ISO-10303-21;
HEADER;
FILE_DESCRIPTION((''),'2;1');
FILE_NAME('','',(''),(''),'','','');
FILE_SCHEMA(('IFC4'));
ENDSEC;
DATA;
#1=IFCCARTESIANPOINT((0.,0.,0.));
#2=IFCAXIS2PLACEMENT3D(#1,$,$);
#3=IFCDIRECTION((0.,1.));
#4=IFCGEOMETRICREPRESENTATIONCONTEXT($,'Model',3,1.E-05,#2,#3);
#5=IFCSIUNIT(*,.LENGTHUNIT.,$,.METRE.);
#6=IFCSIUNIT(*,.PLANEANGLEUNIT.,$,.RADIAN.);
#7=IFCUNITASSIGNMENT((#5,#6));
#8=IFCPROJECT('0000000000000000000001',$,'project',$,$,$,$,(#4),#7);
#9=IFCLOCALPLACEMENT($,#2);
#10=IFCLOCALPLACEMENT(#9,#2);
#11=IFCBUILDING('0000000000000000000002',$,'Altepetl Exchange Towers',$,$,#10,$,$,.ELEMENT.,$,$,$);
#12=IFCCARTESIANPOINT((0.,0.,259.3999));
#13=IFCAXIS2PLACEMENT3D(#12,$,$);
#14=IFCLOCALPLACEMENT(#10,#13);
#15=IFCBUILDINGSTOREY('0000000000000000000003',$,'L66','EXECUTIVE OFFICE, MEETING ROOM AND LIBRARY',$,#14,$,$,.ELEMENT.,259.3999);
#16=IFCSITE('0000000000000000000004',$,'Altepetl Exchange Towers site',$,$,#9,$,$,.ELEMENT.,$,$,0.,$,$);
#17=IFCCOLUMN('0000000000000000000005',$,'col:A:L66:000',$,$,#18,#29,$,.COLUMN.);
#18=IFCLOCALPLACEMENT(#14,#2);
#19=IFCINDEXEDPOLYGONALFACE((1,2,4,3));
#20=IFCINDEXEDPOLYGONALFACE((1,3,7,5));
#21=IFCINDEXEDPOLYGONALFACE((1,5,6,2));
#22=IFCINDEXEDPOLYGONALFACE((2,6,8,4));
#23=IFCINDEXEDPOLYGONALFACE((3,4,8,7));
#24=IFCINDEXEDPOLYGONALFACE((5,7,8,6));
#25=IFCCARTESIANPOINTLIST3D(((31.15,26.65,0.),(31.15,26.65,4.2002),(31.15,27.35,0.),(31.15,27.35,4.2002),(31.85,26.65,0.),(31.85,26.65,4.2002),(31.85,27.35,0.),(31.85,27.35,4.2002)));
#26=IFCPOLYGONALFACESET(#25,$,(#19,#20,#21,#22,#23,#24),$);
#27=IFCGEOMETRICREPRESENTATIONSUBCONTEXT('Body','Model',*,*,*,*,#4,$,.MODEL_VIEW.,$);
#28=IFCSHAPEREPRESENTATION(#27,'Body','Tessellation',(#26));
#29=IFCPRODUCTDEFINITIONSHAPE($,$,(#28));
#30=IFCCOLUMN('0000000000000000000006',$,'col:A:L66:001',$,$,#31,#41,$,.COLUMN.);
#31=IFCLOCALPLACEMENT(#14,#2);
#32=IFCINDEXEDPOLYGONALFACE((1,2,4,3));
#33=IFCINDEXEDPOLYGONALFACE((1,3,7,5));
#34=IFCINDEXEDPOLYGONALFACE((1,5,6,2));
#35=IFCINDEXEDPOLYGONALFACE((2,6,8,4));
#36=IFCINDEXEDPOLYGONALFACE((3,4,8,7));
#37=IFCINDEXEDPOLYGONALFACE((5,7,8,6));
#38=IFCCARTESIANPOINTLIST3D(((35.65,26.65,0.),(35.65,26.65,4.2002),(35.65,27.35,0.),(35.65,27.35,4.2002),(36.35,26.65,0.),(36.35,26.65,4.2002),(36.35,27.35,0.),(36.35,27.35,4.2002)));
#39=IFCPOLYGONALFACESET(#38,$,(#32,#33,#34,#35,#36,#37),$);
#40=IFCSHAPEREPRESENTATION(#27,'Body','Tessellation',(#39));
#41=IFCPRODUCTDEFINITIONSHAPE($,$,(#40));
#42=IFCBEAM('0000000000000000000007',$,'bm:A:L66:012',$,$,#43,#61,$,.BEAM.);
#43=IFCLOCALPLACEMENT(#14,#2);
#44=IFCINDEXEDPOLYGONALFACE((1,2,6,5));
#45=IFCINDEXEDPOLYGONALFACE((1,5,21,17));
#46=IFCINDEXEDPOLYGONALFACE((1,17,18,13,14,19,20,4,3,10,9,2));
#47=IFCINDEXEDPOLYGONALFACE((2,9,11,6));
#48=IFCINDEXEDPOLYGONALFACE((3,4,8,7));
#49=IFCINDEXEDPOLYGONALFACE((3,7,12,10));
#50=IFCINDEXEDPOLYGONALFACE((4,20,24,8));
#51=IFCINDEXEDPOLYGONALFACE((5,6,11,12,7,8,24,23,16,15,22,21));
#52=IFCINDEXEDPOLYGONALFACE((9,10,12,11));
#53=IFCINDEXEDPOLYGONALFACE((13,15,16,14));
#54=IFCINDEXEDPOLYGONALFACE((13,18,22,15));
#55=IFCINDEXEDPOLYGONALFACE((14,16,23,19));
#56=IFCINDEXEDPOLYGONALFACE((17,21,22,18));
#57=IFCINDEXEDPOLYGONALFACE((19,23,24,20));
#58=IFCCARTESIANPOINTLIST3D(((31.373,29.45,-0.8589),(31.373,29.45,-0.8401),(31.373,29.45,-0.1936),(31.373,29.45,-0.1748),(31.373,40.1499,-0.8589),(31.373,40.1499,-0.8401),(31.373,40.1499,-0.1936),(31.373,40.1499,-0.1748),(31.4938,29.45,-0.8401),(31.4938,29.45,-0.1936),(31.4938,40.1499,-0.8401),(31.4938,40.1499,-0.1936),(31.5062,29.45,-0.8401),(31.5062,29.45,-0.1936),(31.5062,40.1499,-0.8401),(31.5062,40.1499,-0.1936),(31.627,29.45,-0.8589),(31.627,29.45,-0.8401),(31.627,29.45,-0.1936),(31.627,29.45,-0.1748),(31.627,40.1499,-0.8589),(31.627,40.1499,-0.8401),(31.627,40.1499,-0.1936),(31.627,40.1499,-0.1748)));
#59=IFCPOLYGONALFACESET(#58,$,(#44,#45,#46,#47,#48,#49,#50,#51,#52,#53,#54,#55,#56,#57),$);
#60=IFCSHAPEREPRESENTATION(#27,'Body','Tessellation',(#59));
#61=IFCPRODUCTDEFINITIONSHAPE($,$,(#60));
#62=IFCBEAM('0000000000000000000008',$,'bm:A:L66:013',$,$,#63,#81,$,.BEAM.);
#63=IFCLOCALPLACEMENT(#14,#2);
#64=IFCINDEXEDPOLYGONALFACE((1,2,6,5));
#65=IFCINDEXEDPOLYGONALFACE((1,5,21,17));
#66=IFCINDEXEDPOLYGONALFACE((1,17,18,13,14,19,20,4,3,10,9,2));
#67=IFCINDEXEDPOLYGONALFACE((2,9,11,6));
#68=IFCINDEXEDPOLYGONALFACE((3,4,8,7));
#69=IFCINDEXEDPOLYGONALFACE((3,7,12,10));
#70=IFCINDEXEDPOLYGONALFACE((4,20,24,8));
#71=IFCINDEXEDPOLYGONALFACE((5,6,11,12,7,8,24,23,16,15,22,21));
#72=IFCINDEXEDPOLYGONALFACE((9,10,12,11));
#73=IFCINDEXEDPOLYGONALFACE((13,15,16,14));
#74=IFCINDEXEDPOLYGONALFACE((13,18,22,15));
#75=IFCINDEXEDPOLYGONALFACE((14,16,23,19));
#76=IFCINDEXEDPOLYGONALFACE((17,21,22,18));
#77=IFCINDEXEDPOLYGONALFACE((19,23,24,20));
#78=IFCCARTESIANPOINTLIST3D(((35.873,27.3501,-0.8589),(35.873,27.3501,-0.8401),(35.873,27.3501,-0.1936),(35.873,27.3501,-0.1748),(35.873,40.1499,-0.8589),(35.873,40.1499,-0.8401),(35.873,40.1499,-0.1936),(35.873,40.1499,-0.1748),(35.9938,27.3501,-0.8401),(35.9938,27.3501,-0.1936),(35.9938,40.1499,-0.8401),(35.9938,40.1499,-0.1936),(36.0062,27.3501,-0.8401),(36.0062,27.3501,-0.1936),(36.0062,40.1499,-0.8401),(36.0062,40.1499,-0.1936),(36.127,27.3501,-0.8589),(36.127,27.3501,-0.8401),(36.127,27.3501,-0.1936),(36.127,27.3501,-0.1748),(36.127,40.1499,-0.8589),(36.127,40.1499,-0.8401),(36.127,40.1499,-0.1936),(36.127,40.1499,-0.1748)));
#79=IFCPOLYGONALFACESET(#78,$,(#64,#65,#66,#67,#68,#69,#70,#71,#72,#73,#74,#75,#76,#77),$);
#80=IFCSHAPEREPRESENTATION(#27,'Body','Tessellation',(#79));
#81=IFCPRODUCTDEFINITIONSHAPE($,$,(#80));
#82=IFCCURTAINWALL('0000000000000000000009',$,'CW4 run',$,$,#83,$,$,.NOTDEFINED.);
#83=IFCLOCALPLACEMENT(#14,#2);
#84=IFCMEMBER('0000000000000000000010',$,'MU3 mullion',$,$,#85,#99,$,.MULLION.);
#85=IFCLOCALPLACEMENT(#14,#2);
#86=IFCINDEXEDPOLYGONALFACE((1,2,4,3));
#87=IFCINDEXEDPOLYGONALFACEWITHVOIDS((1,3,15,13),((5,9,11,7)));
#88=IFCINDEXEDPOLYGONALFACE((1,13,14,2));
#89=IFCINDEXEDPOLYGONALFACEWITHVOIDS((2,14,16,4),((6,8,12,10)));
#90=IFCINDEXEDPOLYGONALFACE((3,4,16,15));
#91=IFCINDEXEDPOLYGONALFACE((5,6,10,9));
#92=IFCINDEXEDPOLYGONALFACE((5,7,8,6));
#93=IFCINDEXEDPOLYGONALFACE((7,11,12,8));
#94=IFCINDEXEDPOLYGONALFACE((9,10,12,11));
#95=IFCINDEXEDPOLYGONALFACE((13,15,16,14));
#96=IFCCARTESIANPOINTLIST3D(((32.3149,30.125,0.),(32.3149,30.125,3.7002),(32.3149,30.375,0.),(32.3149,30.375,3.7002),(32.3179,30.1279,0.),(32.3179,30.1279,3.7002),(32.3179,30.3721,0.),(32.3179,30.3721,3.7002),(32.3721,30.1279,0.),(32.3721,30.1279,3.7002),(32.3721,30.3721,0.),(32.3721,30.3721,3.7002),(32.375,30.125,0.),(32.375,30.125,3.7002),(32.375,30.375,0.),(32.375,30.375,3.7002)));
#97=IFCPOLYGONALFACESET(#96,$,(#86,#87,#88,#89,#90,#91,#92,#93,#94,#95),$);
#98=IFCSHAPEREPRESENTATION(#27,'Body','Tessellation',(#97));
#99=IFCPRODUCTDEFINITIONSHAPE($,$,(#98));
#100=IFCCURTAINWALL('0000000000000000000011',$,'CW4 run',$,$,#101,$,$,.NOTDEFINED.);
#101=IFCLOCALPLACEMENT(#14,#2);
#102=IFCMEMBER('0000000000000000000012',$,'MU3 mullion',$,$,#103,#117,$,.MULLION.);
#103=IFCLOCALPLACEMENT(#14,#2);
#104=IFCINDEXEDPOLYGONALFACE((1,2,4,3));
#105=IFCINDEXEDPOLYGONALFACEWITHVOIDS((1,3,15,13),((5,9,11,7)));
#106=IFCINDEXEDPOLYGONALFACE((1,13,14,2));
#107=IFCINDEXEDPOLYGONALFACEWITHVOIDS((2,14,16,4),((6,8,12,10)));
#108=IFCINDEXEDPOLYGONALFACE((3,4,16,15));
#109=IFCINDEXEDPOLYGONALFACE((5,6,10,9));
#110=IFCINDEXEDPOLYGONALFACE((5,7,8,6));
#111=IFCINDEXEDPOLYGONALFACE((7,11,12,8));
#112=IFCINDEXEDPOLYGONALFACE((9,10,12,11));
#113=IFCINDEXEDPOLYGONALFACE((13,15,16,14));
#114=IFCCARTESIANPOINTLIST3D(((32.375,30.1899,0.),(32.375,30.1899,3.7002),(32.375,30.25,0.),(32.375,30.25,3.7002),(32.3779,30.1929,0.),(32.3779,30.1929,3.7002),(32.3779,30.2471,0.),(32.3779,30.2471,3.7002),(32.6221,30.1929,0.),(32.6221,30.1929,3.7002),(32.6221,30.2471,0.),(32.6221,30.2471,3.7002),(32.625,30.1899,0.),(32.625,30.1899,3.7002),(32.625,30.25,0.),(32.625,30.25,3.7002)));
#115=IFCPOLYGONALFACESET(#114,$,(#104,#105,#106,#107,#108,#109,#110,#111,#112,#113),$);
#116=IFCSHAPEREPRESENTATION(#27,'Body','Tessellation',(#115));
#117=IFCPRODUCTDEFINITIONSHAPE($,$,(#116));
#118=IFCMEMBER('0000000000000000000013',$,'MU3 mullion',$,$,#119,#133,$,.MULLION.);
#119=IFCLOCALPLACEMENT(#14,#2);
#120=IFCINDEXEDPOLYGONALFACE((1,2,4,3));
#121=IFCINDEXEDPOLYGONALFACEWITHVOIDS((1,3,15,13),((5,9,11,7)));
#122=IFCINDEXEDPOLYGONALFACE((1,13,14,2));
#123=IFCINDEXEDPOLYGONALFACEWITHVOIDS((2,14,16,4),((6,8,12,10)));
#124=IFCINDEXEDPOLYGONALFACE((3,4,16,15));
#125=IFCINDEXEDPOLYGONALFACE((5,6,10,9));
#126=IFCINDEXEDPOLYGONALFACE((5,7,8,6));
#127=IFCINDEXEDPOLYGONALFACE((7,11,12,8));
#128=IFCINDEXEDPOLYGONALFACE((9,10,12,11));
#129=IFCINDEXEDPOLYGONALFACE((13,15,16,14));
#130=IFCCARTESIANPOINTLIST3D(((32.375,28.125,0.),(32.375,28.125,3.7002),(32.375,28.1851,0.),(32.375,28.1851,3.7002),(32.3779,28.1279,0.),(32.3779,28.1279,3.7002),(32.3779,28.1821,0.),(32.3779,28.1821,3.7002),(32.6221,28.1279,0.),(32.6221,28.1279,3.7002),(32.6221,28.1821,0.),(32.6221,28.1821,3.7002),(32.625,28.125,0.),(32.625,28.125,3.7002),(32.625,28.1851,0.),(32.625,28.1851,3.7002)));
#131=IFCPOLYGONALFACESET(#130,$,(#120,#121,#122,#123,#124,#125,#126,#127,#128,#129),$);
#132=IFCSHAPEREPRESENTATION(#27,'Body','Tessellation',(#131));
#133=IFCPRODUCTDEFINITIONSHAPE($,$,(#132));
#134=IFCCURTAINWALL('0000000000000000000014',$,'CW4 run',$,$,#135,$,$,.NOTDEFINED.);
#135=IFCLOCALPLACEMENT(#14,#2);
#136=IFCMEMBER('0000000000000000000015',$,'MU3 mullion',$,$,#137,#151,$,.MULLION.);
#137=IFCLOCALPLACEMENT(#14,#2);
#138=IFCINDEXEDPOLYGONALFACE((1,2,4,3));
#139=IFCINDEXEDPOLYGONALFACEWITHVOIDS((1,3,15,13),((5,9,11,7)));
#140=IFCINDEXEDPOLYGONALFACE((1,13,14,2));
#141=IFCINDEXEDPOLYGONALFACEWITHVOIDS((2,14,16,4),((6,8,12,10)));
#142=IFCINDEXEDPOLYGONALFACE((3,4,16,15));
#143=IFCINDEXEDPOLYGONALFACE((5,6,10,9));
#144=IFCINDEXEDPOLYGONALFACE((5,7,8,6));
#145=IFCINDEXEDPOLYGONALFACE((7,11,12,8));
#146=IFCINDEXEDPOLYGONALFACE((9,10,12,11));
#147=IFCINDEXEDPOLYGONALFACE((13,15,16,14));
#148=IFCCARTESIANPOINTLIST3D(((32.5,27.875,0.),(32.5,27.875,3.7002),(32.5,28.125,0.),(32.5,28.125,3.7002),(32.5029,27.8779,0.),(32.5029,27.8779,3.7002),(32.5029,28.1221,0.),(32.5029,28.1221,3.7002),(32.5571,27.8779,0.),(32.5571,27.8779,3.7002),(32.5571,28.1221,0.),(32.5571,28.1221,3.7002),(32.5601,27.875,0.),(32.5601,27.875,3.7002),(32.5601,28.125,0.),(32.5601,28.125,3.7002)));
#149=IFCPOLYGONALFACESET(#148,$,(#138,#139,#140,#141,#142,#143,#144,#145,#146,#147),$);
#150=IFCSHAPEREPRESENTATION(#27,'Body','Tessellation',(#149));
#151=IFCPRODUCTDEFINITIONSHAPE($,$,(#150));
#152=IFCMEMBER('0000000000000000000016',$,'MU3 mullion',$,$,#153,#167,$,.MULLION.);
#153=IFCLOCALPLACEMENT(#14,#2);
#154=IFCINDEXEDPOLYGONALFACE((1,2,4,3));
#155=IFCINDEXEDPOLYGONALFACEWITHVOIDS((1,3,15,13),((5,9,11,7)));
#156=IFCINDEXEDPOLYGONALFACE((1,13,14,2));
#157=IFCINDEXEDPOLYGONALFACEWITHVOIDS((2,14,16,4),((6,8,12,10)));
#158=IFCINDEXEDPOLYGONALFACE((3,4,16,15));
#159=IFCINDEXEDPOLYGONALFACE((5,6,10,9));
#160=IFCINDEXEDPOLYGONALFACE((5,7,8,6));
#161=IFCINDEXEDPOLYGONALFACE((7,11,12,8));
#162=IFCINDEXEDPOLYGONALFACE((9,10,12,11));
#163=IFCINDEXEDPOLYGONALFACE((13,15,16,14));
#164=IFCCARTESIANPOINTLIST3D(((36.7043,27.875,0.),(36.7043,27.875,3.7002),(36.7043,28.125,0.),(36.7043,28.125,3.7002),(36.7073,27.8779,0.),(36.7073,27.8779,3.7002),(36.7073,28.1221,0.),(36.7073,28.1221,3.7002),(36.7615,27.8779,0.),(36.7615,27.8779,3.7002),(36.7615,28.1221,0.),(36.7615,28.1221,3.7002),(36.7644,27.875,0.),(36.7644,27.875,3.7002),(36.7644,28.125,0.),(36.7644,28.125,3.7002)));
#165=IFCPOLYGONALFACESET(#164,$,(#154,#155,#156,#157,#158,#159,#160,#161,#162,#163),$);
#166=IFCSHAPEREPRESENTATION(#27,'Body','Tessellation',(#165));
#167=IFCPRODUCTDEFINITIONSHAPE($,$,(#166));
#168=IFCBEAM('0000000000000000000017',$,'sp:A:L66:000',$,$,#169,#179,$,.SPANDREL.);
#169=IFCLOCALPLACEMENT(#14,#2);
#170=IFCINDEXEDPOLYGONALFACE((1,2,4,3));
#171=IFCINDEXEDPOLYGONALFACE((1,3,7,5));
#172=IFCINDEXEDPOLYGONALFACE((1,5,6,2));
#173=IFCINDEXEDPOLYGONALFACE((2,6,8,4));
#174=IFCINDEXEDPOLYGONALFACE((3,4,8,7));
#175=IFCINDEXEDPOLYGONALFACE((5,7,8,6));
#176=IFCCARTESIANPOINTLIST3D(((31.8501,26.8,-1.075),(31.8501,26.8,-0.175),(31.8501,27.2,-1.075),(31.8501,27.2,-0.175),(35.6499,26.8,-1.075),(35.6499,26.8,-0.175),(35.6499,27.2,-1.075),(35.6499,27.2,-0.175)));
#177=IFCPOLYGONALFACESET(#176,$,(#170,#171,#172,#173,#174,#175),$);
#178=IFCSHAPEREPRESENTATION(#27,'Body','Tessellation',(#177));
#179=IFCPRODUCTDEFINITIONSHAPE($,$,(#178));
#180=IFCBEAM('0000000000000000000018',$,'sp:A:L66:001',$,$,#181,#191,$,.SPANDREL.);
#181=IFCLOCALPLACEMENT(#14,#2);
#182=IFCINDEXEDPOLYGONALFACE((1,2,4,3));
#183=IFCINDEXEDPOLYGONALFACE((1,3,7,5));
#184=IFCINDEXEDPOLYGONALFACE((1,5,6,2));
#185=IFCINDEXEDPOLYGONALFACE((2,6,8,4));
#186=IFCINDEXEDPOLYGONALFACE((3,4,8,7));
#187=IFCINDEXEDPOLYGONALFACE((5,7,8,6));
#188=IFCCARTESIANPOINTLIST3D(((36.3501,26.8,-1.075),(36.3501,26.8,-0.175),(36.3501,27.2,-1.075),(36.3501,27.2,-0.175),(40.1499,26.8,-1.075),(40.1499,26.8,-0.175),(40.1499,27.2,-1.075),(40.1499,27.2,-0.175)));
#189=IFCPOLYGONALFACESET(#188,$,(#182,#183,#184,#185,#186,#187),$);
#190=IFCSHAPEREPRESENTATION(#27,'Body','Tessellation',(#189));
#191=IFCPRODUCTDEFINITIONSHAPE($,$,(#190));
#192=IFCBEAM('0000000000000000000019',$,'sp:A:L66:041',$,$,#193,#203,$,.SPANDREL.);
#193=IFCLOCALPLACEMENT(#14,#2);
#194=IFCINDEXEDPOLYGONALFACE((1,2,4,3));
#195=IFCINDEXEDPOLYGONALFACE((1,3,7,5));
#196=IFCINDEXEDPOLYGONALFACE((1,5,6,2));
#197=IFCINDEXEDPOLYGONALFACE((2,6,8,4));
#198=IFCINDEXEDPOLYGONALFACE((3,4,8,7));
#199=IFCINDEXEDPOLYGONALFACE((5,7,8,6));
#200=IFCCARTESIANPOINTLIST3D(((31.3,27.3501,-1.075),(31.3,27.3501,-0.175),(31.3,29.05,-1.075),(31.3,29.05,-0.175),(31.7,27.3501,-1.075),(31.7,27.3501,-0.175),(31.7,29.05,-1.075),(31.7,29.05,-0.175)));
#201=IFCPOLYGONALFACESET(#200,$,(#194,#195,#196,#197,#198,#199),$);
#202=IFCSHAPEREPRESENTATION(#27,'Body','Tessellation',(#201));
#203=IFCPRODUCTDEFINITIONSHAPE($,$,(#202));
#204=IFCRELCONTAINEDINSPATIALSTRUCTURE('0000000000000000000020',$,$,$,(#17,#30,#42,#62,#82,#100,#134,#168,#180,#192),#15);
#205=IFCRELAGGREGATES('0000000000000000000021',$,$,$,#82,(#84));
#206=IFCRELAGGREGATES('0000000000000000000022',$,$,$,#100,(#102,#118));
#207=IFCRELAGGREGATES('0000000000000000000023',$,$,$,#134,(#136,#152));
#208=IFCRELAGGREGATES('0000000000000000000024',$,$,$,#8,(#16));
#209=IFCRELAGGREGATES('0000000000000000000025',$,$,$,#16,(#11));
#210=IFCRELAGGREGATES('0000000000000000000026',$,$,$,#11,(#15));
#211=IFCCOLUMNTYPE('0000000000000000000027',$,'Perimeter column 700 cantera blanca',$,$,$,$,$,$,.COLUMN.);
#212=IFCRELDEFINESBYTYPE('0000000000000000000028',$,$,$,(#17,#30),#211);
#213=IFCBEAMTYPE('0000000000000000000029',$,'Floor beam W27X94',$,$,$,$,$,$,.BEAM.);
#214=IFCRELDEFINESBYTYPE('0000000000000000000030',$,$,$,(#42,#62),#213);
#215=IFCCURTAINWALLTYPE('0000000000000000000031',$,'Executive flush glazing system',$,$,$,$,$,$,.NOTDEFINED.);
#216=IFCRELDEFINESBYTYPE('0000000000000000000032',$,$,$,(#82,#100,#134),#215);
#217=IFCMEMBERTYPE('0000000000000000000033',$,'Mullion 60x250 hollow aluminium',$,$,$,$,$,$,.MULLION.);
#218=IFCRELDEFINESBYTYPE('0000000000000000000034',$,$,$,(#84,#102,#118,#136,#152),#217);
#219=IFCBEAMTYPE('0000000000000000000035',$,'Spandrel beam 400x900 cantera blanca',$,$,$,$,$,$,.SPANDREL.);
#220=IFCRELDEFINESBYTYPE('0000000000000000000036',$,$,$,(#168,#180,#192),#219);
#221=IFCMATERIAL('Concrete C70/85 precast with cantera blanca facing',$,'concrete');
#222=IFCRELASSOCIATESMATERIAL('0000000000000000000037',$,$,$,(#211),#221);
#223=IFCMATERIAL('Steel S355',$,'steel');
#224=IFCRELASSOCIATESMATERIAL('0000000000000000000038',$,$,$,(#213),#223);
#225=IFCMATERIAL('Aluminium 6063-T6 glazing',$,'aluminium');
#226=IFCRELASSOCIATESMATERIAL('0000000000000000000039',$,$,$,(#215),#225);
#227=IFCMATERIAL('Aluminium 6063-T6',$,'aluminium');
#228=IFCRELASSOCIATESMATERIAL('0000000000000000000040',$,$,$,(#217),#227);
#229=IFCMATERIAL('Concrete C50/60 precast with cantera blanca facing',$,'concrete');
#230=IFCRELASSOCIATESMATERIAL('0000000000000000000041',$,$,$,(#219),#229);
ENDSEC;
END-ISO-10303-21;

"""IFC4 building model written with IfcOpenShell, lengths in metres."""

from ifc_helpers import new_model, si_unit, direction, frame, origin, origin_2d, place, context, subcontext, project, spatial, rectangle, hollow_rectangle, i_section, extrude, material, material_profile, profile_set, type_object, element, aggregate, save


model = new_model("IFC4")

# Units and contexts
model_context = context("Model", 3, precision=1e-05, world=origin(), true_north=direction((0.0, 1.0)))
body_context = subcontext(model_context, "Body", "Model", "MODEL_VIEW")
ifc_project = project(units=[si_unit("LENGTHUNIT", "METRE"), si_unit("PLANEANGLEUNIT", "RADIAN")], contexts=[model_context])

# Site, building, storey
site_placement = place(None, origin())
site = spatial("IfcSite", under=ifc_project, at=site_placement, Name="Altepetl Exchange Towers site", CompositionType="ELEMENT", RefElevation=0.0)
building_placement = place(site_placement, origin())
building = spatial("IfcBuilding", under=site, at=building_placement, Name="Altepetl Exchange Towers", CompositionType="ELEMENT")
storey_placement = place(building_placement, frame((0.0, 0.0, 259.3999)))
storey = spatial("IfcBuildingStorey", under=building, at=storey_placement, Name="L66", Description="EXECUTIVE OFFICE, MEETING ROOM AND LIBRARY", CompositionType="ELEMENT", Elevation=259.3999)

# Columns
ifc_material_1 = material(Name="Concrete C70/85 precast with cantera blanca facing", Category="concrete")
ifc_material_profile_1 = material_profile(ifc_material_1, rectangle(XDim=0.7, YDim=0.7, at=origin_2d()), Name="700 x 700")
ifc_profile_set_1 = profile_set([ifc_material_profile_1], Name="Concrete C70/85 precast with cantera blanca facing")
column_type = type_object("IfcColumnType", Name="Perimeter column 700 cantera blanca", PredefinedType="COLUMN", material=ifc_profile_set_1)
for number, where, name in (
    (1, (31.5, 27.0, 0.0), "col:A:L66:000"),
    (2, (36.0, 27.0, 0.0), "col:A:L66:001"),
):
    element("IfcColumn", number, at=place(storey_placement, frame(where)), inside=storey, type_object=column_type, Name=name, PredefinedType="COLUMN", context=body_context, shape_type="SweptSolid", body=[
        extrude(rectangle(XDim=0.7, YDim=0.7, at=origin_2d()), origin(), (0.0, 0.0, 1.0), 4.2002),
    ])

# Beams
ifc_material_2 = material(Name="Steel S355", Category="steel")
ifc_material_profile_2 = material_profile(ifc_material_2, i_section(OverallWidth=0.2539, OverallDepth=0.6841, WebThickness=0.0125, FlangeThickness=0.0188, at=origin_2d()), Name="W27X94")
ifc_profile_set_2 = profile_set([ifc_material_profile_2], Name="Steel S355")
beam_type_1 = type_object("IfcBeamType", Name="Floor beam W27X94", PredefinedType="BEAM", material=ifc_profile_set_2)
beam_1_placement = place(storey_placement, frame((31.5, 29.45, -0.5168), z_axis=(0.0, 1.0, 0.0), x_axis=(-1.0, 0.0, 0.0)))
element("IfcBeam", 3, at=beam_1_placement, inside=storey, type_object=beam_type_1, Name="bm:A:L66:012", PredefinedType="BEAM", context=body_context, shape_type="SweptSolid", body=[
    extrude(i_section(OverallWidth=0.2539, OverallDepth=0.6841, WebThickness=0.0125, FlangeThickness=0.0188, at=origin_2d()), origin(), (0.0, 0.0, 1.0), 10.7),
])
beam_2_placement = place(storey_placement, frame((36.0, 27.3501, -0.5168), z_axis=(0.0, 1.0, 0.0), x_axis=(-1.0, 0.0, 0.0)))
element("IfcBeam", 4, at=beam_2_placement, inside=storey, type_object=beam_type_1, Name="bm:A:L66:013", PredefinedType="BEAM", context=body_context, shape_type="SweptSolid", body=[
    extrude(i_section(OverallWidth=0.2539, OverallDepth=0.6841, WebThickness=0.0125, FlangeThickness=0.0188, at=origin_2d()), origin(), (0.0, 0.0, 1.0), 12.7998),
])

# Curtain wall, member
ifc_material_3 = material(Name="Aluminium 6063-T6 glazing", Category="aluminium")
curtain_wall_type = type_object("IfcCurtainWallType", Name="Executive flush glazing system", PredefinedType="NOTDEFINED", material=ifc_material_3)
curtain_wall_1_placement = place(storey_placement, origin())
curtain_wall_1 = element("IfcCurtainWall", 5, at=curtain_wall_1_placement, inside=storey, type_object=curtain_wall_type, Name="CW4 run", PredefinedType="NOTDEFINED")
ifc_material_4 = material(Name="Aluminium 6063-T6", Category="aluminium")
ifc_material_profile_3 = material_profile(ifc_material_4, hollow_rectangle(XDim=0.0601, YDim=0.25, WallThickness=0.0029, at=origin_2d()), Name="Mullion 60x250 hollow aluminium")
ifc_profile_set_3 = profile_set([ifc_material_profile_3], Name="Aluminium 6063-T6")
member_type_1 = type_object("IfcMemberType", Name="Mullion 60x250 hollow aluminium", PredefinedType="MULLION", material=ifc_profile_set_3)
member_1_placement = place(storey_placement, frame((32.345, 30.25, 0.0)))
member_1 = element("IfcMember", 6, at=member_1_placement, type_object=member_type_1, Name="MU3 mullion", PredefinedType="MULLION", context=body_context, shape_type="SweptSolid", body=[
    extrude(hollow_rectangle(XDim=0.0601, YDim=0.25, WallThickness=0.0029, at=origin_2d()), origin(), (0.0, 0.0, 1.0), 3.7002),
])
aggregate(curtain_wall_1, [member_1])

# Curtain walls, members
curtain_wall_2_placement = place(storey_placement, origin())
curtain_wall_2 = element("IfcCurtainWall", 7, at=curtain_wall_2_placement, inside=storey, type_object=curtain_wall_type, Name="CW4 run", PredefinedType="NOTDEFINED")
member_2_placement = place(storey_placement, frame((32.5, 30.22, 0.0), z_axis=(0.0, 0.0, 1.0), x_axis=(0.0, -1.0, 0.0)))
member_2 = element("IfcMember", 8, at=member_2_placement, type_object=member_type_1, Name="MU3 mullion", PredefinedType="MULLION", context=body_context, shape_type="SweptSolid", body=[
    extrude(hollow_rectangle(XDim=0.0601, YDim=0.25, WallThickness=0.0029, at=origin_2d()), origin(), (0.0, 0.0, 1.0), 3.7002),
])
member_3_placement = place(storey_placement, frame((32.5, 28.155, 0.0), z_axis=(0.0, 0.0, 1.0), x_axis=(0.0, -1.0, 0.0)))
member_3 = element("IfcMember", 9, at=member_3_placement, type_object=member_type_1, Name="MU3 mullion", PredefinedType="MULLION", context=body_context, shape_type="SweptSolid", body=[
    extrude(hollow_rectangle(XDim=0.0601, YDim=0.25, WallThickness=0.0029, at=origin_2d()), origin(), (0.0, 0.0, 1.0), 3.7002),
])
curtain_wall_3_placement = place(storey_placement, origin())
curtain_wall_3 = element("IfcCurtainWall", 10, at=curtain_wall_3_placement, inside=storey, type_object=curtain_wall_type, Name="CW4 run", PredefinedType="NOTDEFINED")
member_4_placement = place(storey_placement, frame((32.53, 28.0, 0.0)))
member_4 = element("IfcMember", 11, at=member_4_placement, type_object=member_type_1, Name="MU3 mullion", PredefinedType="MULLION", context=body_context, shape_type="SweptSolid", body=[
    extrude(hollow_rectangle(XDim=0.0601, YDim=0.25, WallThickness=0.0029, at=origin_2d()), origin(), (0.0, 0.0, 1.0), 3.7002),
])
member_5_placement = place(storey_placement, frame((36.7344, 28.0, 0.0)))
member_5 = element("IfcMember", 12, at=member_5_placement, type_object=member_type_1, Name="MU3 mullion", PredefinedType="MULLION", context=body_context, shape_type="SweptSolid", body=[
    extrude(hollow_rectangle(XDim=0.0601, YDim=0.25, WallThickness=0.0029, at=origin_2d()), origin(), (0.0, 0.0, 1.0), 3.7002),
])

# Beams
ifc_material_5 = material(Name="Concrete C50/60 precast with cantera blanca facing", Category="concrete")
ifc_material_profile_4 = material_profile(ifc_material_5, rectangle(XDim=0.3999, YDim=0.8999, at=origin_2d()), Name="400 x 900")
ifc_profile_set_4 = profile_set([ifc_material_profile_4], Name="Concrete C50/60 precast with cantera blanca facing")
beam_type_2 = type_object("IfcBeamType", Name="Spandrel beam 400x900 cantera blanca", PredefinedType="SPANDREL", material=ifc_profile_set_4)
for number, where, z_axis, x_axis, name in (
    (13, (31.8501, 27.0, -0.625), (1.0, 0.0, 0.0), (0.0, 1.0, 0.0), "sp:A:L66:000"),
    (14, (36.3501, 27.0, -0.625), (1.0, 0.0, 0.0), (0.0, 1.0, 0.0), "sp:A:L66:001"),
):
    element("IfcBeam", number, at=place(storey_placement, frame(where, z_axis=z_axis, x_axis=x_axis)), inside=storey, type_object=beam_type_2, Name=name, PredefinedType="SPANDREL", context=body_context, shape_type="SweptSolid", body=[
        extrude(rectangle(XDim=0.3999, YDim=0.8999, at=origin_2d()), origin(), (0.0, 0.0, 1.0), 3.7998),
    ])
beam_3_placement = place(storey_placement, frame((31.5, 29.05, -0.625), z_axis=(0.0, -1.0, 0.0), x_axis=(1.0, 0.0, 0.0)))
element("IfcBeam", 15, at=beam_3_placement, inside=storey, type_object=beam_type_2, Name="sp:A:L66:041", PredefinedType="SPANDREL", context=body_context, shape_type="SweptSolid", body=[
    extrude(rectangle(XDim=0.3999, YDim=0.8999, at=origin_2d()), origin(), (0.0, 0.0, 1.0), 1.7),
])

aggregate(curtain_wall_2, [member_2, member_3])
aggregate(curtain_wall_3, [member_4, member_5])

save(model, "model.ifc")
